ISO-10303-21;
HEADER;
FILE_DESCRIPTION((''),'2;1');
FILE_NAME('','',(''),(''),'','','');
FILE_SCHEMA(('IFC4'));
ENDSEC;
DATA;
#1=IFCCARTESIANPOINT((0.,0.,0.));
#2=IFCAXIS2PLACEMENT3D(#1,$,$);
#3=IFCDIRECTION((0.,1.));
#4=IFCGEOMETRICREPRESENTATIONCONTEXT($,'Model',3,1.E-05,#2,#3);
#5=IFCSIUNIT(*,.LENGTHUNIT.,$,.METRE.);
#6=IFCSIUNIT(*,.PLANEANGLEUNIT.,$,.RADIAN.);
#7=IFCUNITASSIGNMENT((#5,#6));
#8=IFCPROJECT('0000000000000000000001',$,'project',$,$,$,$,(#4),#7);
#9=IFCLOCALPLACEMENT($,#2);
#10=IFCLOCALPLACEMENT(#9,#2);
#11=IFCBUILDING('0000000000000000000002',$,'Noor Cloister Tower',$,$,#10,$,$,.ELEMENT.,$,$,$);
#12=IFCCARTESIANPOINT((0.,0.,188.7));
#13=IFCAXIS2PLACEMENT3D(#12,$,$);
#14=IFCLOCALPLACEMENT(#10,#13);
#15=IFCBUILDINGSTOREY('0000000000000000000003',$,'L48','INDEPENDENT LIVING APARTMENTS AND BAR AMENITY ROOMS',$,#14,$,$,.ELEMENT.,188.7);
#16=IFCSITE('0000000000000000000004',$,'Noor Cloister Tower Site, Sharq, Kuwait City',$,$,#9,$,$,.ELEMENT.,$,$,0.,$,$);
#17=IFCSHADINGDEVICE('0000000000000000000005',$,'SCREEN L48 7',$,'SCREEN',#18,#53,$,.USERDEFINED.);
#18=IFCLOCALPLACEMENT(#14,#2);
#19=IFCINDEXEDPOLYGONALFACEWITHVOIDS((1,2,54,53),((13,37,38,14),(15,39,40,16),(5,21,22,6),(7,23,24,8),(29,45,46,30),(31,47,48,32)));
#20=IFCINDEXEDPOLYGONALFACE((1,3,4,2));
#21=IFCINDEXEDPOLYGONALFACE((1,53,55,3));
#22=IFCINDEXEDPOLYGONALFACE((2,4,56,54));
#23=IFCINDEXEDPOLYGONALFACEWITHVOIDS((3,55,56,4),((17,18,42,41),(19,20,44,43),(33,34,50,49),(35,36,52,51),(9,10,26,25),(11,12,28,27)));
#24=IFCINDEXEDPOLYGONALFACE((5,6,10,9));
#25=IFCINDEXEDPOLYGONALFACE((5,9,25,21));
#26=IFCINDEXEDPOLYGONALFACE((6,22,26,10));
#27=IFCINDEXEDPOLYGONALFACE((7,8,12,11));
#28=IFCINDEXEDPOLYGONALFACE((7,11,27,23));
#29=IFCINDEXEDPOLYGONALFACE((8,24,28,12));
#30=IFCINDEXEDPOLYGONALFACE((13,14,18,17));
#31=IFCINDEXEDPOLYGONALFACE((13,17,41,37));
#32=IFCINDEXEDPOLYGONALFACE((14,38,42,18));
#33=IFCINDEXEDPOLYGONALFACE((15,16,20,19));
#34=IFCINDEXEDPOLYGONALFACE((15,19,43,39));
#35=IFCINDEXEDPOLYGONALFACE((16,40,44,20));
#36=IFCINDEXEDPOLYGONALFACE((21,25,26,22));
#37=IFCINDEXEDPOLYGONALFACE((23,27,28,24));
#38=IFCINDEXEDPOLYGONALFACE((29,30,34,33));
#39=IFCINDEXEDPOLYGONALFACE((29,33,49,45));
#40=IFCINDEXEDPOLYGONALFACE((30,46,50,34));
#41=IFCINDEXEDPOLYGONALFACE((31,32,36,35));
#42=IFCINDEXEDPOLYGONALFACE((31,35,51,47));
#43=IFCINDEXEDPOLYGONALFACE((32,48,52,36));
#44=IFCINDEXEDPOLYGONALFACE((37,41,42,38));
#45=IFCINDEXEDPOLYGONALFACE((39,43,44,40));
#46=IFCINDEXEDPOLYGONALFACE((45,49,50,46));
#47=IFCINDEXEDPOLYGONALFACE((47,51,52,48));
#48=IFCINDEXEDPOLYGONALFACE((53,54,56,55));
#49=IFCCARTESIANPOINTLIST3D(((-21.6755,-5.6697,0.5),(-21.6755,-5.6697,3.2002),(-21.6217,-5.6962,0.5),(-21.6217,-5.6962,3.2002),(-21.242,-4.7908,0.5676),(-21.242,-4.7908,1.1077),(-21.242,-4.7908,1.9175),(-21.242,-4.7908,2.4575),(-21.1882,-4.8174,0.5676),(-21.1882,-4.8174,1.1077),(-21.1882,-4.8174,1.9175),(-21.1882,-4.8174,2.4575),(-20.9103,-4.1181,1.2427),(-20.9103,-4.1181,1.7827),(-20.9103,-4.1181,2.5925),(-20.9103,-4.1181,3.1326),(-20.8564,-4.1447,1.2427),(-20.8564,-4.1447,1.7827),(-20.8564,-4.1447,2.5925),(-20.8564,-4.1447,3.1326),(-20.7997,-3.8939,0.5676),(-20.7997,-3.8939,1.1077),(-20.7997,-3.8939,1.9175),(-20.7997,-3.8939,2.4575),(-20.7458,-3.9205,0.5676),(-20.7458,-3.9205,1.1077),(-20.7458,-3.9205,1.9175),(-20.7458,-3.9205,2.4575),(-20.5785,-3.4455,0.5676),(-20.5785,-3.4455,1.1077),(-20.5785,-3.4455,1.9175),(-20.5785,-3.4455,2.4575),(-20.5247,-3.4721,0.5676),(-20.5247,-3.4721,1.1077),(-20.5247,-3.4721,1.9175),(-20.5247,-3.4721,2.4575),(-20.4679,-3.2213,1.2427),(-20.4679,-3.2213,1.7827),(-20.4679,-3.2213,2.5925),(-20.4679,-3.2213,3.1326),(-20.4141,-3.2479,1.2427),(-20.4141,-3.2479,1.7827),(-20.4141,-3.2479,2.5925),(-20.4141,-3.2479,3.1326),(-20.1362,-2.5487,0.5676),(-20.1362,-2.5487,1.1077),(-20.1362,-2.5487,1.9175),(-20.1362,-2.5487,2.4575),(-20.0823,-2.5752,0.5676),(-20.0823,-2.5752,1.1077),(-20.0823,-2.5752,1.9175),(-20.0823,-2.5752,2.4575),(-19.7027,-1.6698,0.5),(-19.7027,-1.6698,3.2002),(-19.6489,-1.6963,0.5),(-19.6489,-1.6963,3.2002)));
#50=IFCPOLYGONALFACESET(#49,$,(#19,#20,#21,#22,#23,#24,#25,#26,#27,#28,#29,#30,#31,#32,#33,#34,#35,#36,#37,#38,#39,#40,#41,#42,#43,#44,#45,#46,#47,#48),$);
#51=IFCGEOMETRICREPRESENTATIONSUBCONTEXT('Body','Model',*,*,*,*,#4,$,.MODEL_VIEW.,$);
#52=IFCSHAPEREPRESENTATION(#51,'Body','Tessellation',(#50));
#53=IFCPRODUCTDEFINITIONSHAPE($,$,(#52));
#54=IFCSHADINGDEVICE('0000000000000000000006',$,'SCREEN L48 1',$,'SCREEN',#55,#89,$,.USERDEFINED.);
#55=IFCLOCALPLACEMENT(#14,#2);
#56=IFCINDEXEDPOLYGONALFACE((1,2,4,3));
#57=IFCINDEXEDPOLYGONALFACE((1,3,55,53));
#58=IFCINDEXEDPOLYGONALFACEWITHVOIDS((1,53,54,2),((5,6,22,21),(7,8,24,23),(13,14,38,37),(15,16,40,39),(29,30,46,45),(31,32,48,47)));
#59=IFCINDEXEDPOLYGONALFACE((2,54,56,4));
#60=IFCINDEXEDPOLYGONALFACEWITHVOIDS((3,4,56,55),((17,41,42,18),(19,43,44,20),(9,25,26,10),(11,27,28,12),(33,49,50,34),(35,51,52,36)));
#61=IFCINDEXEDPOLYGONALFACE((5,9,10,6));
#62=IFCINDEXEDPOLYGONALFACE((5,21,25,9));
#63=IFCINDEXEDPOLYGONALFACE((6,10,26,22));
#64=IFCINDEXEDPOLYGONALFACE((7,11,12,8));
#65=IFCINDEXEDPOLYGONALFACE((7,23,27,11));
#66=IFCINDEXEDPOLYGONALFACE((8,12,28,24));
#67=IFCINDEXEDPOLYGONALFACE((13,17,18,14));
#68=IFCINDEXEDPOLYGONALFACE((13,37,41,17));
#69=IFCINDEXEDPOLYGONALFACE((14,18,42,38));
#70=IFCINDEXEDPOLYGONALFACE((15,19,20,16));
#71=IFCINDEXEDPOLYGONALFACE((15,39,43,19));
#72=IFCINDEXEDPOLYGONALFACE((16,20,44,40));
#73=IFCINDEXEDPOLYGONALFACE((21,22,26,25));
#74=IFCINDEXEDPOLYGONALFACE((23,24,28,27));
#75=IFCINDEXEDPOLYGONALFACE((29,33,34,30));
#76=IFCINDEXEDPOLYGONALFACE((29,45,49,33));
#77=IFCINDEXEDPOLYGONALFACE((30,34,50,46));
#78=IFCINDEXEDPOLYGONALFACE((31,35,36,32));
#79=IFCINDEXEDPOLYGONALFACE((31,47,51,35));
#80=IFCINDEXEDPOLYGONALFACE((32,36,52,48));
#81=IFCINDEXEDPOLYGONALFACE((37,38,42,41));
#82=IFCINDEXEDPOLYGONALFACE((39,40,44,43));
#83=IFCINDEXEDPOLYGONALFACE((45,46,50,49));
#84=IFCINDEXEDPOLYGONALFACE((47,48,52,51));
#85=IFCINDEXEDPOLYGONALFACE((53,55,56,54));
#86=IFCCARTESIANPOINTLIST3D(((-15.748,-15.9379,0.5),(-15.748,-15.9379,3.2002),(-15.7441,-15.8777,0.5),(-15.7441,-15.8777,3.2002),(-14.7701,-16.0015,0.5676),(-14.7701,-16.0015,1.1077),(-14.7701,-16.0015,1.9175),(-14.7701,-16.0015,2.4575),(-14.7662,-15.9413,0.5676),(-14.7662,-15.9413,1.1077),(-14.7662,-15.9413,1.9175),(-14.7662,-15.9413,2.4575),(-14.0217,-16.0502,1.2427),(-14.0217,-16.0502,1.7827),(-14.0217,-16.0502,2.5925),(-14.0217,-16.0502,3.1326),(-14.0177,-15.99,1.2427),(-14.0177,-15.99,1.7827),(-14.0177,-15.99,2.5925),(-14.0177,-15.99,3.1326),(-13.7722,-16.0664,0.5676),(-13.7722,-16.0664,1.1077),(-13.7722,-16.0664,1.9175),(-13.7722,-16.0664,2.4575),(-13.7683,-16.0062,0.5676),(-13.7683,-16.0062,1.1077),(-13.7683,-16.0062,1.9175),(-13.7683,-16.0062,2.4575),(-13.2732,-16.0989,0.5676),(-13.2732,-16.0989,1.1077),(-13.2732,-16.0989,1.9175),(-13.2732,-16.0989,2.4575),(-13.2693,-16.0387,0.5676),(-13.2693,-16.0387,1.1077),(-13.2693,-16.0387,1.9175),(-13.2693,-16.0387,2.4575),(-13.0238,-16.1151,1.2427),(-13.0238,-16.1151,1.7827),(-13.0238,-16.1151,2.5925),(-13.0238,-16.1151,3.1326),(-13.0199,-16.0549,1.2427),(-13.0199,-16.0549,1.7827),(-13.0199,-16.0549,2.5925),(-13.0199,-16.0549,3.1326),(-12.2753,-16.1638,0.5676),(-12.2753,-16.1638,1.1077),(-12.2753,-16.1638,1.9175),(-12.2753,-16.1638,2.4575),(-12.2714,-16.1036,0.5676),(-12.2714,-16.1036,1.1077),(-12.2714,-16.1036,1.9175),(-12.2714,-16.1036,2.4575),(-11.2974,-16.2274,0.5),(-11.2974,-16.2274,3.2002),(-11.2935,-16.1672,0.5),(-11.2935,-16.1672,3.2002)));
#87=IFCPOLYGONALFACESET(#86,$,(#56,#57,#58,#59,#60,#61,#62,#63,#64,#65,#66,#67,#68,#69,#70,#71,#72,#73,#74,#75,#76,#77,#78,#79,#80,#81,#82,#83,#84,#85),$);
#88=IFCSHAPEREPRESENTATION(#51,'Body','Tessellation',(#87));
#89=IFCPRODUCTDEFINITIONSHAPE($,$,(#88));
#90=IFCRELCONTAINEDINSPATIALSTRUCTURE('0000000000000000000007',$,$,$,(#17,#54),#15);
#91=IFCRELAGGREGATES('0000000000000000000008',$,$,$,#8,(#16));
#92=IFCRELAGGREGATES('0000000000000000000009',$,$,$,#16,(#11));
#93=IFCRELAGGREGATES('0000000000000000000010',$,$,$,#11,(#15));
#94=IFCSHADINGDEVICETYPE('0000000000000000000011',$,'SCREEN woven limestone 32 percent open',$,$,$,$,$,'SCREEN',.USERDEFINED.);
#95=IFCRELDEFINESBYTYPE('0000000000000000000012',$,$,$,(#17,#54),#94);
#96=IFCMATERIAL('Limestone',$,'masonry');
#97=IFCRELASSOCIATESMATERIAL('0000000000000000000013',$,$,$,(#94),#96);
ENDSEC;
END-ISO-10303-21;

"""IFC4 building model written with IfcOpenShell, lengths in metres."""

from ifc_helpers import new_model, si_unit, direction, frame, origin, place, context, subcontext, project, spatial, polyline, outline, extrude, material, material_profile, profile_set, type_object, element, save


model = new_model("IFC4")

# Units and contexts
model_context = context("Model", 3, precision=1e-05, world=origin(), true_north=direction((0.0, 1.0)))
body_context = subcontext(model_context, "Body", "Model", "MODEL_VIEW")
ifc_project = project(units=[si_unit("LENGTHUNIT", "METRE"), si_unit("PLANEANGLEUNIT", "RADIAN")], contexts=[model_context])

# Site, building, storey
site_placement = place(None, origin())
site = spatial("IfcSite", under=ifc_project, at=site_placement, Name="Noor Cloister Tower Site, Sharq, Kuwait City", CompositionType="ELEMENT", RefElevation=0.0)
building_placement = place(site_placement, origin())
building = spatial("IfcBuilding", under=site, at=building_placement, Name="Noor Cloister Tower", CompositionType="ELEMENT")
storey_placement = place(building_placement, frame((0.0, 0.0, 188.7)))
storey = spatial("IfcBuildingStorey", under=building, at=storey_placement, Name="L48", Description="INDEPENDENT LIVING APARTMENTS AND BAR AMENITY ROOMS", CompositionType="ELEMENT", Elevation=188.7)

# Shading devices
ifc_material_1 = material(Name="Limestone", Category="masonry")
ifc_material_profile_1 = material_profile(ifc_material_1, outline(polyline([(-2.23, -1.3501), (2.23, -1.3501), (2.23, 1.3501), (-2.23, 1.3501), (-2.23, -1.3501)]), holes=[polyline([(-1.25, -1.2825), (-0.25, -1.2825), (-0.25, -0.7424), (-1.25, -0.7424), (-1.25, -1.2825)]), polyline([(0.25, -1.2825), (1.25, -1.2825), (1.25, -0.7424), (0.25, -0.7424), (0.25, -1.2825)]), polyline([(-0.5, -0.6074), (0.5, -0.6074), (0.5, -0.0674), (-0.5, -0.0674), (-0.5, -0.6074)]), polyline([(-1.25, 0.0674), (-0.25, 0.0674), (-0.25, 0.6074), (-1.25, 0.6074), (-1.25, 0.0674)]), polyline([(0.25, 0.0674), (1.25, 0.0674), (1.25, 0.6074), (0.25, 0.6074), (0.25, 0.0674)]), polyline([(-0.5, 0.7424), (0.5, 0.7424), (0.5, 1.2825), (-0.5, 1.2825), (-0.5, 0.7424)])]), Name="Woven screen 32 percent open")
ifc_profile_set_1 = profile_set([ifc_material_profile_1], Name="Limestone")
shading_device_type = type_object("IfcShadingDeviceType", Name="SCREEN woven limestone 32 percent open", ElementType="SCREEN", PredefinedType="USERDEFINED", material=ifc_profile_set_1)
shading_device_1_placement = place(storey_placement, frame((-20.6353, -3.6963, 1.8501), z_axis=(-0.896849, 0.442337, 0.0), x_axis=(-0.442337, -0.896849, 0.0)))
element("IfcShadingDevice", 1, at=shading_device_1_placement, inside=storey, type_object=shading_device_type, Name="SCREEN L48 7", ObjectType="SCREEN", PredefinedType="USERDEFINED", context=body_context, shape_type="SweptSolid", body=[
    extrude(outline(polyline([(-2.23, -1.3501), (2.23, -1.3501), (2.23, 1.3501), (-2.23, 1.3501), (-2.23, -1.3501)]), holes=[polyline([(-1.25, -1.2825), (-0.25, -1.2825), (-0.25, -0.7424), (-1.25, -0.7424), (-1.25, -1.2825)]), polyline([(0.25, -1.2825), (1.25, -1.2825), (1.25, -0.7424), (0.25, -0.7424), (0.25, -1.2825)]), polyline([(-0.5, -0.6074), (0.5, -0.6074), (0.5, -0.0674), (-0.5, -0.0674), (-0.5, -0.6074)]), polyline([(-1.25, 0.0674), (-0.25, 0.0674), (-0.25, 0.6074), (-1.25, 0.6074), (-1.25, 0.0674)]), polyline([(0.25, 0.0674), (1.25, 0.0674), (1.25, 0.6074), (0.25, 0.6074), (0.25, 0.0674)]), polyline([(-0.5, 0.7424), (0.5, 0.7424), (0.5, 1.2825), (-0.5, 1.2825), (-0.5, 0.7424)])]), origin(), (0.0, 0.0, 1.0), 0.0601),
])
shading_device_2_placement = place(storey_placement, frame((-13.5188, -16.0225, 1.8501), z_axis=(-0.064904, -0.997892, 0.0), x_axis=(0.997892, -0.064904, 0.0)))
element("IfcShadingDevice", 2, at=shading_device_2_placement, inside=storey, type_object=shading_device_type, Name="SCREEN L48 1", ObjectType="SCREEN", PredefinedType="USERDEFINED", context=body_context, shape_type="SweptSolid", body=[
    extrude(outline(polyline([(-2.23, -1.3501), (2.23, -1.3501), (2.23, 1.3501), (-2.23, 1.3501), (-2.23, -1.3501)]), holes=[polyline([(-1.25, -1.2825), (-0.25, -1.2825), (-0.25, -0.7424), (-1.25, -0.7424), (-1.25, -1.2825)]), polyline([(0.25, -1.2825), (1.25, -1.2825), (1.25, -0.7424), (0.25, -0.7424), (0.25, -1.2825)]), polyline([(-0.5, -0.6074), (0.5, -0.6074), (0.5, -0.0674), (-0.5, -0.0674), (-0.5, -0.6074)]), polyline([(-1.25, 0.0674), (-0.25, 0.0674), (-0.25, 0.6074), (-1.25, 0.6074), (-1.25, 0.0674)]), polyline([(0.25, 0.0674), (1.25, 0.0674), (1.25, 0.6074), (0.25, 0.6074), (0.25, 0.0674)]), polyline([(-0.5, 0.7424), (0.5, 0.7424), (0.5, 1.2825), (-0.5, 1.2825), (-0.5, 0.7424)])]), origin(), (0.0, 0.0, 1.0), 0.0603),
])

save(model, "model.ifc")
